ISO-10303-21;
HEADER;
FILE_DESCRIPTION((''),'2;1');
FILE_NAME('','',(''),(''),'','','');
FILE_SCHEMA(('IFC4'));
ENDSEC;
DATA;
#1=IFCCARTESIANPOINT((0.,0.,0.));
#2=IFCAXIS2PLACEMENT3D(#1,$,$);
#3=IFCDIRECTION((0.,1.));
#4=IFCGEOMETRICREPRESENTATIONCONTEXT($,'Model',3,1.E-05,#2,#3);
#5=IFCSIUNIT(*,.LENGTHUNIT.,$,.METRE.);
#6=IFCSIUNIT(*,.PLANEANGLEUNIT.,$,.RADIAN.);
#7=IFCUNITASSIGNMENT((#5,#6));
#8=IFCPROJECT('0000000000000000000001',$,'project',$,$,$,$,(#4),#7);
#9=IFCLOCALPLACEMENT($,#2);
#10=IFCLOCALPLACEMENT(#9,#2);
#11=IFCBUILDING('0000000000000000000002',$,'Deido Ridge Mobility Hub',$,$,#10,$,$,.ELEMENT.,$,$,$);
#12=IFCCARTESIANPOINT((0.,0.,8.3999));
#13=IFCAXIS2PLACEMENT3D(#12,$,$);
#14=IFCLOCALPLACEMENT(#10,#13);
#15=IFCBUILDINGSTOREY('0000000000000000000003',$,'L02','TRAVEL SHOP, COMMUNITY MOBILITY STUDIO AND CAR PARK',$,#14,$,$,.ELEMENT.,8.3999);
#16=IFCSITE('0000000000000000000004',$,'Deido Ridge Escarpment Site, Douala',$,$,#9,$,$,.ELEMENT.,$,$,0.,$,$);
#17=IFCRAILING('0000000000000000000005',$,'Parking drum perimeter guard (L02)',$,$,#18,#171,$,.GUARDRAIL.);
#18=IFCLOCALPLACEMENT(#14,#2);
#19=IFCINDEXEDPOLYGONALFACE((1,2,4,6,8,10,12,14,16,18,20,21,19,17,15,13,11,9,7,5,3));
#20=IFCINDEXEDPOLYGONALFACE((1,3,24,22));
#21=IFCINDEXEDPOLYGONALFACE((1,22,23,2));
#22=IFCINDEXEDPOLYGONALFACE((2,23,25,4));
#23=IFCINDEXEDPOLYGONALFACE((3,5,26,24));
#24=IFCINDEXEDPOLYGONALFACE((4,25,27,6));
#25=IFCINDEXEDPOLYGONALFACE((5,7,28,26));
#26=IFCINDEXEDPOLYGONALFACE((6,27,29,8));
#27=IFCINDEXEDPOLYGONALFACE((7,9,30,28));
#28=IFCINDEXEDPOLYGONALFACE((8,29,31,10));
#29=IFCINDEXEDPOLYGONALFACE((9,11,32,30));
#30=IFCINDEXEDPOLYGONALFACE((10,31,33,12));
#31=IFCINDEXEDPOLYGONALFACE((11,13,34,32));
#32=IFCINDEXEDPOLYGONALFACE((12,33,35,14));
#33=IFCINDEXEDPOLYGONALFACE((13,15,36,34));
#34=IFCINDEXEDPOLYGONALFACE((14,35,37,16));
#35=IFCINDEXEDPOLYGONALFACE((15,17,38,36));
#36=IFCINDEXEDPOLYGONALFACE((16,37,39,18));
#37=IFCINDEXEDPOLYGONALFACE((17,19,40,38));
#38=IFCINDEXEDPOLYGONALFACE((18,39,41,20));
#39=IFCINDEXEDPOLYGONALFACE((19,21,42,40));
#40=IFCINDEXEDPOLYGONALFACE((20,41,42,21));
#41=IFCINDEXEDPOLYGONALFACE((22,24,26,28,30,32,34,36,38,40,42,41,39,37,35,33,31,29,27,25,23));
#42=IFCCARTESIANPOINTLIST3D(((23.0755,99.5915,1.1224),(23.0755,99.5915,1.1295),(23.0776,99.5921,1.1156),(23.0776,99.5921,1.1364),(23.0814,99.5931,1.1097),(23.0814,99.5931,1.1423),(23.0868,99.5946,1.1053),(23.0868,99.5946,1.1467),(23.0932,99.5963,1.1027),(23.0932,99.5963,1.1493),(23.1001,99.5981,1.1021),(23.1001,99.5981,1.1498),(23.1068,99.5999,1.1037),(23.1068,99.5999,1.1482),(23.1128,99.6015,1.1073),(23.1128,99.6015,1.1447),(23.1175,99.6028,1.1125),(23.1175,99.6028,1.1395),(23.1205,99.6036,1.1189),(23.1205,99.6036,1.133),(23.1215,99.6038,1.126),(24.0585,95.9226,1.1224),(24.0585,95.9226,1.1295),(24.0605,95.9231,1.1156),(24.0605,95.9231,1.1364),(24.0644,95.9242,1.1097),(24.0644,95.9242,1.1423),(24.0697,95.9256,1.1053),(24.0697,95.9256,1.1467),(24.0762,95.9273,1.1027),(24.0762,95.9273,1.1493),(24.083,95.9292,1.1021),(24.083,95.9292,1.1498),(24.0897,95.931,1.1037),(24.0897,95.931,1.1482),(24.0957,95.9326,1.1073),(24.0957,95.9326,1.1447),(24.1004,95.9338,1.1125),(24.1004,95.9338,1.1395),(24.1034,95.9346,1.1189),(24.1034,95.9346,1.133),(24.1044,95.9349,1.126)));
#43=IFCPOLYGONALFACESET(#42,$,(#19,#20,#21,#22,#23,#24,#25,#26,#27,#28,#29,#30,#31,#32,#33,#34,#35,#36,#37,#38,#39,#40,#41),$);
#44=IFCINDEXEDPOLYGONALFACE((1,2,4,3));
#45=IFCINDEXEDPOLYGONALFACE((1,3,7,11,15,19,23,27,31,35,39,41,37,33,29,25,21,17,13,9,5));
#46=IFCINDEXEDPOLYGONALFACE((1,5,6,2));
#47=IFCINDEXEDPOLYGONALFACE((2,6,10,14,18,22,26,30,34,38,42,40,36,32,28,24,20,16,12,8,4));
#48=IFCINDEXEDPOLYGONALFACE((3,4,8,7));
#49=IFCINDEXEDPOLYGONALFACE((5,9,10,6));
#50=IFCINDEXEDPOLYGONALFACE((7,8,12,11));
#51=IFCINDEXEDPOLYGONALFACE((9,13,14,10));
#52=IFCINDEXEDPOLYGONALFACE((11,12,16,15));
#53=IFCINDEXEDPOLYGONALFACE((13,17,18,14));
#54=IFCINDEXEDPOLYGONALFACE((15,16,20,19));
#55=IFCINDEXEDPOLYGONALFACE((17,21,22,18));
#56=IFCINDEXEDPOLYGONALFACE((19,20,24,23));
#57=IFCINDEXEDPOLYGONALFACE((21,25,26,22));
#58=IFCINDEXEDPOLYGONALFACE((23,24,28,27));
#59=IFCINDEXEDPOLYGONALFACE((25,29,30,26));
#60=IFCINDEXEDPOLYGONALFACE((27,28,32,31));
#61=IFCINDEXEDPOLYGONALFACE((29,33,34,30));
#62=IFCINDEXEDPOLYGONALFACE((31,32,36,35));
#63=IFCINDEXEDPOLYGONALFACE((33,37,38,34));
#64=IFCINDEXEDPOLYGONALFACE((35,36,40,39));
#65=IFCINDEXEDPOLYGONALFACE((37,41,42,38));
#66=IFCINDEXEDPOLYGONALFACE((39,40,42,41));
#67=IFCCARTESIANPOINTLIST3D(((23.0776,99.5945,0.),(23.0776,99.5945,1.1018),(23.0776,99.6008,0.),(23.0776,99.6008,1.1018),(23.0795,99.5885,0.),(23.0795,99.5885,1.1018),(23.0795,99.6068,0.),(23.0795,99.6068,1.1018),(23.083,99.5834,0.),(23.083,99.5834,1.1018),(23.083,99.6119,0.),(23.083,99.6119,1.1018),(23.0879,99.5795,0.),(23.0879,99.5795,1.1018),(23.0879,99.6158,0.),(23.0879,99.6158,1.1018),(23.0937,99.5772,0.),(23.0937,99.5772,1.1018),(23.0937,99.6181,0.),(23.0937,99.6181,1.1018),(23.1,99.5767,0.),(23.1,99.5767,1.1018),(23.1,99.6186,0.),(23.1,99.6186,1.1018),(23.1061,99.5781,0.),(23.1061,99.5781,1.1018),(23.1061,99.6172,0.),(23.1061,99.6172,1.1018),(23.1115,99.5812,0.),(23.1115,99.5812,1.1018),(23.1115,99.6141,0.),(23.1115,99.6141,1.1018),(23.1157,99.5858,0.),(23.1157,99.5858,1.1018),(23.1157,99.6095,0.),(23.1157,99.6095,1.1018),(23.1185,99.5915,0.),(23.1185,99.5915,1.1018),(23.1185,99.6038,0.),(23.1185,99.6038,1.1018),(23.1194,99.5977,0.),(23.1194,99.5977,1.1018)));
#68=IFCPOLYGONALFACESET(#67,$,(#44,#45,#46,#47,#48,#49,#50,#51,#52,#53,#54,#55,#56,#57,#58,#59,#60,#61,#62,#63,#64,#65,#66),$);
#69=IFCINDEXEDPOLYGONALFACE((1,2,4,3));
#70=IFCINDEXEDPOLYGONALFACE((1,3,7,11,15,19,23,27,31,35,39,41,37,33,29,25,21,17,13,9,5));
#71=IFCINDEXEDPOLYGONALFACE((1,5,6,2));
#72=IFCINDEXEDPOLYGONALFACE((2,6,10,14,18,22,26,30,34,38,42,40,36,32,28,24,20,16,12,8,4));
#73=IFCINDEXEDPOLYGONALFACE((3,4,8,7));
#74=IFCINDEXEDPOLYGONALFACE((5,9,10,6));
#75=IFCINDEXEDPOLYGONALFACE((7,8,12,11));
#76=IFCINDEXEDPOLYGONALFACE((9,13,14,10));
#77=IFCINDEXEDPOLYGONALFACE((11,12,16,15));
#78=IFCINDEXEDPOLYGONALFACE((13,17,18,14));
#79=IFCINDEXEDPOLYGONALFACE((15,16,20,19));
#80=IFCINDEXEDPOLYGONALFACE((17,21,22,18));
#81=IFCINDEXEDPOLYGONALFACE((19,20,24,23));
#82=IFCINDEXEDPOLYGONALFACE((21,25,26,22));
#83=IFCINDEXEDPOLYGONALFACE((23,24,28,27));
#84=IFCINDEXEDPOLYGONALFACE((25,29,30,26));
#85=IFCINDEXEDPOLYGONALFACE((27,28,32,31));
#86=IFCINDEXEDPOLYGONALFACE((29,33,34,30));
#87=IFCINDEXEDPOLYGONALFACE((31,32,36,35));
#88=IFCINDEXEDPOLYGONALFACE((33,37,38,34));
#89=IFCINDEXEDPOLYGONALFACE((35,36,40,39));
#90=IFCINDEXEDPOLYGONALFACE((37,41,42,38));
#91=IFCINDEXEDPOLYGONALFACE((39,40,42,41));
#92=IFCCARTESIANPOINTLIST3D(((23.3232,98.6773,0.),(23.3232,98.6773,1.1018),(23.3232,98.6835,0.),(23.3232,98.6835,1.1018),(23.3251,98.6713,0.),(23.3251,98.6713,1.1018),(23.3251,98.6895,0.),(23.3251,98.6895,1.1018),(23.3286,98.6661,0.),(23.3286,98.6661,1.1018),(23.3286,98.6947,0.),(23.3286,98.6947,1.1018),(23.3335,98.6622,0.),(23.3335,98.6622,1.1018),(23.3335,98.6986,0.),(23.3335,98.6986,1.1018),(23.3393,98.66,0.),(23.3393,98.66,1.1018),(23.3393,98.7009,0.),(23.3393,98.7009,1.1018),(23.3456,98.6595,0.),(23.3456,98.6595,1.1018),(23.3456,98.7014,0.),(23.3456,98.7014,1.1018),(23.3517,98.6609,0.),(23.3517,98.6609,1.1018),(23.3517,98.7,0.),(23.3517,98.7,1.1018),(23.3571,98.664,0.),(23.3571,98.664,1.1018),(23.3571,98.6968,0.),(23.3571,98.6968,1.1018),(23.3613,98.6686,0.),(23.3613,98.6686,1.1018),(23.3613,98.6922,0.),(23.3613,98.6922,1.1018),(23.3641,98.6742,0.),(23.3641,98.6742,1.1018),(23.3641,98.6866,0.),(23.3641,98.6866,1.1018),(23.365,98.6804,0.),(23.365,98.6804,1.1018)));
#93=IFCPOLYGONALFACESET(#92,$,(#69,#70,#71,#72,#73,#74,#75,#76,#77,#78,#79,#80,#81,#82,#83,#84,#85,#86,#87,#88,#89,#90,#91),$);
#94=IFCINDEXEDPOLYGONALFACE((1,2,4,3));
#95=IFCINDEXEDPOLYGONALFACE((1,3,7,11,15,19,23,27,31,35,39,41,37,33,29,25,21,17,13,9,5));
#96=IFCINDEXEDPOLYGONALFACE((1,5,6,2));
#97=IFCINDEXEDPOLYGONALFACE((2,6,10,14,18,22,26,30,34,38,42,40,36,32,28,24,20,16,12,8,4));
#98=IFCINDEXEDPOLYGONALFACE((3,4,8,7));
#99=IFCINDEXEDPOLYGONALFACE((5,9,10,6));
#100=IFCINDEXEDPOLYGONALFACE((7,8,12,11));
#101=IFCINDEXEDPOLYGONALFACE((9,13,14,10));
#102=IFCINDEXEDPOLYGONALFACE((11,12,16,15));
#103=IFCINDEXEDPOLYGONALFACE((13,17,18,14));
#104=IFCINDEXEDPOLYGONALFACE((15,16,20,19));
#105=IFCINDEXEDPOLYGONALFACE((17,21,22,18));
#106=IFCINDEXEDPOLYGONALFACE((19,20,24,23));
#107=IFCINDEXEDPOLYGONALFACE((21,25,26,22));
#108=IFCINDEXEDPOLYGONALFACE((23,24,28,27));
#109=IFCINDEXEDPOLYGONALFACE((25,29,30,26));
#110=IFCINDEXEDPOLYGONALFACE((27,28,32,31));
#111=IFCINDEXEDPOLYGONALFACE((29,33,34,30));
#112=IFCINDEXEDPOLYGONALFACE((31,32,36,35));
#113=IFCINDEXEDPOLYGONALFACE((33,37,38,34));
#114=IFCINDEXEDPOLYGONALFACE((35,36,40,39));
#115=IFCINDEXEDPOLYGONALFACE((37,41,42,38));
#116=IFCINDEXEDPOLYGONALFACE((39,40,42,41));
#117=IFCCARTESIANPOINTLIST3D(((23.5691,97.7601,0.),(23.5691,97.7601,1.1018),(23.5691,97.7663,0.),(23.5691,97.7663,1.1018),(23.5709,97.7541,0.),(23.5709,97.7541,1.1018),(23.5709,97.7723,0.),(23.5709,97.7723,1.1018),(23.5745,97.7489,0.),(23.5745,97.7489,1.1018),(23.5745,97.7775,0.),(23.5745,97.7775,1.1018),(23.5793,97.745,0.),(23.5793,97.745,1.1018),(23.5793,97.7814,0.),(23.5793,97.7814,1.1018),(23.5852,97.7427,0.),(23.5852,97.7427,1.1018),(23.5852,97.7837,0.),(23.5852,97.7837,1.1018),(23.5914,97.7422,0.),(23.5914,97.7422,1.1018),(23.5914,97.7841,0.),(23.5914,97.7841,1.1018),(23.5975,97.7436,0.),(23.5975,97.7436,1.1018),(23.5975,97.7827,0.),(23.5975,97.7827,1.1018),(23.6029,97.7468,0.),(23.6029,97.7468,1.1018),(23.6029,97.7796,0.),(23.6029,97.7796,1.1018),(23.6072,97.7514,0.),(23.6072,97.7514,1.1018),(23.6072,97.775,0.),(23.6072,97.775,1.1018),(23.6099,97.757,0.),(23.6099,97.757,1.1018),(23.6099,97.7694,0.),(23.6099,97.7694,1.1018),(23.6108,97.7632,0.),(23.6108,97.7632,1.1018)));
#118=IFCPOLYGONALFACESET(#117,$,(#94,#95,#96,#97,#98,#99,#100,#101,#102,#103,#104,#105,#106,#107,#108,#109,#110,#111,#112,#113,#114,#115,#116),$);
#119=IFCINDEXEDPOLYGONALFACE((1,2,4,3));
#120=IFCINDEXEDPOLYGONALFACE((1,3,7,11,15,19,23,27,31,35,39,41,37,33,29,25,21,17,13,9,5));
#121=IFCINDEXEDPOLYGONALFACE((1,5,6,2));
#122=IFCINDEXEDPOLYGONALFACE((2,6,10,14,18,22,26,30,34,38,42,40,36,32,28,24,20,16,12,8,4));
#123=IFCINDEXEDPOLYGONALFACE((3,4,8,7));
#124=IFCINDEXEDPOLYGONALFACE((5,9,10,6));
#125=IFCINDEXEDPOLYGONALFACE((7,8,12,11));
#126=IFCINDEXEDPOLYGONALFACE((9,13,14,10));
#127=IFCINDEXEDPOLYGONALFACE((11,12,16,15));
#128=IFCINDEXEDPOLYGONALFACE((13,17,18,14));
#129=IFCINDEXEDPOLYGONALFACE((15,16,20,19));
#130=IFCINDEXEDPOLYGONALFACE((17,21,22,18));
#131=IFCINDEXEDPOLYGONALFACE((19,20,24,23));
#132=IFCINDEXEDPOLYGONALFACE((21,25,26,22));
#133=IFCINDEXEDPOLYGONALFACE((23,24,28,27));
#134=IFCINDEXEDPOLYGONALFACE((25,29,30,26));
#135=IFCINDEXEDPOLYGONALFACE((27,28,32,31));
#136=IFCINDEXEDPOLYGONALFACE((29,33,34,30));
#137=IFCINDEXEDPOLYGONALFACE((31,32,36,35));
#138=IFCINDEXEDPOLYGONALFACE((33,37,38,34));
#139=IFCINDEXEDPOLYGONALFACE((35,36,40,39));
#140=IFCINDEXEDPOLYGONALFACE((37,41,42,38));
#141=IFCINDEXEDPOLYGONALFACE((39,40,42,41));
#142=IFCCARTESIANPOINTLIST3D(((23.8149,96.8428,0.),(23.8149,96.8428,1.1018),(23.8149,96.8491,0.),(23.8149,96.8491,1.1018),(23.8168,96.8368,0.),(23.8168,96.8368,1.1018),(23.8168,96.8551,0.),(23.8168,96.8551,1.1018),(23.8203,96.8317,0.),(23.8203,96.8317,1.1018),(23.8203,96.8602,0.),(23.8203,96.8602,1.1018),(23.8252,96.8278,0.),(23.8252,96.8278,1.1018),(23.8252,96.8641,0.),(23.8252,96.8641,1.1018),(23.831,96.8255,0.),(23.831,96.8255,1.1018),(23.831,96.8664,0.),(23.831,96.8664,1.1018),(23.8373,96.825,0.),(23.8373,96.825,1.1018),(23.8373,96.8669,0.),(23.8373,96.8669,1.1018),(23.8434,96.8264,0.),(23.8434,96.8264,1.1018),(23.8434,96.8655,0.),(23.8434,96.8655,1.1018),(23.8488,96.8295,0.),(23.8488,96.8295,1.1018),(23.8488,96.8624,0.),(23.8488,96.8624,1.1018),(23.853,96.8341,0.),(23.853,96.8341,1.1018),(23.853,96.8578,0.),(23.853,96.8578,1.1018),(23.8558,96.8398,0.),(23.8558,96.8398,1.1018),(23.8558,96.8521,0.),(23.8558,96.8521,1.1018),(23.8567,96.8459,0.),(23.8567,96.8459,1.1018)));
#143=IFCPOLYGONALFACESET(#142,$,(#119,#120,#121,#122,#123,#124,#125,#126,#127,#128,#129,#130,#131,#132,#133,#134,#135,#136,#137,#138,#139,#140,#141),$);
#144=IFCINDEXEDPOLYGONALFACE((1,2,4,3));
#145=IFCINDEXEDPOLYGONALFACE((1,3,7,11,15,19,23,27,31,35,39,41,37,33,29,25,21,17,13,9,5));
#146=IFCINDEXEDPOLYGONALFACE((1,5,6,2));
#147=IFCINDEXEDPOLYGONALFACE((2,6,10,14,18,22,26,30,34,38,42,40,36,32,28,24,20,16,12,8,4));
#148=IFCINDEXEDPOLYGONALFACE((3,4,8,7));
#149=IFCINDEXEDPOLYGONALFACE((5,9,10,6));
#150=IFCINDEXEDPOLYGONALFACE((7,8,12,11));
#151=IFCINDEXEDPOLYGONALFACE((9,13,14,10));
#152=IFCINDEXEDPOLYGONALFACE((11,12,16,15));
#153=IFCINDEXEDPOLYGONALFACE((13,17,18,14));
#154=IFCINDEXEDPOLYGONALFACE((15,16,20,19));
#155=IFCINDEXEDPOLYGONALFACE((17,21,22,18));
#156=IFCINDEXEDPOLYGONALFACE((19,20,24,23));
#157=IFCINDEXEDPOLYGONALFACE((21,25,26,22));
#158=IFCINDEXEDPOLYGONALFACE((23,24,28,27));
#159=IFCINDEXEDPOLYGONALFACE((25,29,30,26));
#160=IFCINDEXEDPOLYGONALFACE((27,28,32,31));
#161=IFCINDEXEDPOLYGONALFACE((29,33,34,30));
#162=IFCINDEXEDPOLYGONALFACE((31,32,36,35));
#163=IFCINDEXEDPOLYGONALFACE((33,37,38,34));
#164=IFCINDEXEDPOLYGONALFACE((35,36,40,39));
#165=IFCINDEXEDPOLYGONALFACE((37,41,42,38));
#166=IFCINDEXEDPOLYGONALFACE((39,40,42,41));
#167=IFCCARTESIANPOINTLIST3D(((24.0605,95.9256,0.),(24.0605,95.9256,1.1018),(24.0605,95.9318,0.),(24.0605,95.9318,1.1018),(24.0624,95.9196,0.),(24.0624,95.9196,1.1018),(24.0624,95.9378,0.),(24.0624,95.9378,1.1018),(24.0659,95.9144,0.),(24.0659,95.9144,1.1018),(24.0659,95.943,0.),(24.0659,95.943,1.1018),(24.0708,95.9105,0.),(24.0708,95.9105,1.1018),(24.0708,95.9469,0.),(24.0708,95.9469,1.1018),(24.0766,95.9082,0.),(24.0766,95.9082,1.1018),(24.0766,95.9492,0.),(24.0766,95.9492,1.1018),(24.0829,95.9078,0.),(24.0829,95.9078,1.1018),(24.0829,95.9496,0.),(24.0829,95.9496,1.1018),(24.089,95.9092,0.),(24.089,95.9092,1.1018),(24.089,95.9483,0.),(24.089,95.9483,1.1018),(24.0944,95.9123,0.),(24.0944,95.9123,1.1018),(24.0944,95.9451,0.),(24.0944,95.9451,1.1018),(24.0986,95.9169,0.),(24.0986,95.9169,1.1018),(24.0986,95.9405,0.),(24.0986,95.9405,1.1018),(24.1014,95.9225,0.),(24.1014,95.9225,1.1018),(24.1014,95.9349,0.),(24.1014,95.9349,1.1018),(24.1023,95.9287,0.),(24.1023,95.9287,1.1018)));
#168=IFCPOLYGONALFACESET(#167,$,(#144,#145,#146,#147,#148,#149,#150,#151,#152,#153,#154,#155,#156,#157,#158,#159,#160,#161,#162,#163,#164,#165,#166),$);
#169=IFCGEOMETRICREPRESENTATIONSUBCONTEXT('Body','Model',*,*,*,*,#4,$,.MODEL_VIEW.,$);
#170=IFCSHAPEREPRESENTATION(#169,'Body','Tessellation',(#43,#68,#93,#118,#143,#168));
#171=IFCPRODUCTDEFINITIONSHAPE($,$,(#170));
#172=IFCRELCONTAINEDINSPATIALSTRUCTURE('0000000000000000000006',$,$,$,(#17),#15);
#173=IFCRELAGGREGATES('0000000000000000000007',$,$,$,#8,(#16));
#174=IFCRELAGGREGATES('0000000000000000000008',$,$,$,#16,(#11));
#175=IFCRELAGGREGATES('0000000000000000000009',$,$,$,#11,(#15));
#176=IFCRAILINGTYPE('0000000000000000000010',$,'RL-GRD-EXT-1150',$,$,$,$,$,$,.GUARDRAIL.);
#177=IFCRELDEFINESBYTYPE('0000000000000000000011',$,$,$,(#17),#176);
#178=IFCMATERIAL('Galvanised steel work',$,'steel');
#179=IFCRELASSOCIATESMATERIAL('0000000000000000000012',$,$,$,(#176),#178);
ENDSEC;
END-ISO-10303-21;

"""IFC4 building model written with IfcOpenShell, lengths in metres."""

from ifc_helpers import new_model, si_unit, direction, frame, origin, origin_2d, place, context, subcontext, project, spatial, circle, extrude, material, type_object, element, save


model = new_model("IFC4")

# Units and contexts
model_context = context("Model", 3, precision=1e-05, world=origin(), true_north=direction((0.0, 1.0)))
body_context = subcontext(model_context, "Body", "Model", "MODEL_VIEW")
ifc_project = project(units=[si_unit("LENGTHUNIT", "METRE"), si_unit("PLANEANGLEUNIT", "RADIAN")], contexts=[model_context])

# Site, building, storey
site_placement = place(None, origin())
site = spatial("IfcSite", under=ifc_project, at=site_placement, Name="Deido Ridge Escarpment Site, Douala", CompositionType="ELEMENT", RefElevation=0.0)
building_placement = place(site_placement, origin())
building = spatial("IfcBuilding", under=site, at=building_placement, Name="Deido Ridge Mobility Hub", CompositionType="ELEMENT")
storey_placement = place(building_placement, frame((0.0, 0.0, 8.3999)))
storey = spatial("IfcBuildingStorey", under=building, at=storey_placement, Name="L02", Description="TRAVEL SHOP, COMMUNITY MOBILITY STUDIO AND CAR PARK", CompositionType="ELEMENT", Elevation=8.3999)

# Railing
ifc_material_1 = material(Name="Galvanised steel work", Category="steel")
railing_type = type_object("IfcRailingType", Name="RL-GRD-EXT-1150", PredefinedType="GUARDRAIL", material=ifc_material_1)
railing_1_placement = place(storey_placement, frame((23.0984, 99.5977, 0.0)))
element("IfcRailing", 1, at=railing_1_placement, inside=storey, type_object=railing_type, Name="Parking drum perimeter guard (L02)", PredefinedType="GUARDRAIL", context=body_context, shape_type="SweptSolid", body=[
    extrude(circle(Radius=0.0239, at=origin_2d()), frame((0.0, 0.0, 1.126), z_axis=(0.258775, -0.965938, 0.0), x_axis=(0.965938, 0.258775, 0.0)), (0.0, 0.0, 1.0), 3.7983),
    extrude(circle(Radius=0.021, at=origin_2d()), origin(), (0.0, 0.0, 1.0), 1.1018),
    extrude(circle(Radius=0.021, at=origin_2d()), frame((0.2456, -0.9172, 0.0)), (0.0, 0.0, 1.0), 1.1018),
    extrude(circle(Radius=0.021, at=origin_2d()), frame((0.4915, -1.8345, 0.0)), (0.0, 0.0, 1.0), 1.1018),
    extrude(circle(Radius=0.021, at=origin_2d()), frame((0.7373, -2.7517, 0.0)), (0.0, 0.0, 1.0), 1.1018),
    extrude(circle(Radius=0.021, at=origin_2d()), frame((0.9829, -3.6689, 0.0)), (0.0, 0.0, 1.0), 1.1018),
])

save(model, "model.ifc")
